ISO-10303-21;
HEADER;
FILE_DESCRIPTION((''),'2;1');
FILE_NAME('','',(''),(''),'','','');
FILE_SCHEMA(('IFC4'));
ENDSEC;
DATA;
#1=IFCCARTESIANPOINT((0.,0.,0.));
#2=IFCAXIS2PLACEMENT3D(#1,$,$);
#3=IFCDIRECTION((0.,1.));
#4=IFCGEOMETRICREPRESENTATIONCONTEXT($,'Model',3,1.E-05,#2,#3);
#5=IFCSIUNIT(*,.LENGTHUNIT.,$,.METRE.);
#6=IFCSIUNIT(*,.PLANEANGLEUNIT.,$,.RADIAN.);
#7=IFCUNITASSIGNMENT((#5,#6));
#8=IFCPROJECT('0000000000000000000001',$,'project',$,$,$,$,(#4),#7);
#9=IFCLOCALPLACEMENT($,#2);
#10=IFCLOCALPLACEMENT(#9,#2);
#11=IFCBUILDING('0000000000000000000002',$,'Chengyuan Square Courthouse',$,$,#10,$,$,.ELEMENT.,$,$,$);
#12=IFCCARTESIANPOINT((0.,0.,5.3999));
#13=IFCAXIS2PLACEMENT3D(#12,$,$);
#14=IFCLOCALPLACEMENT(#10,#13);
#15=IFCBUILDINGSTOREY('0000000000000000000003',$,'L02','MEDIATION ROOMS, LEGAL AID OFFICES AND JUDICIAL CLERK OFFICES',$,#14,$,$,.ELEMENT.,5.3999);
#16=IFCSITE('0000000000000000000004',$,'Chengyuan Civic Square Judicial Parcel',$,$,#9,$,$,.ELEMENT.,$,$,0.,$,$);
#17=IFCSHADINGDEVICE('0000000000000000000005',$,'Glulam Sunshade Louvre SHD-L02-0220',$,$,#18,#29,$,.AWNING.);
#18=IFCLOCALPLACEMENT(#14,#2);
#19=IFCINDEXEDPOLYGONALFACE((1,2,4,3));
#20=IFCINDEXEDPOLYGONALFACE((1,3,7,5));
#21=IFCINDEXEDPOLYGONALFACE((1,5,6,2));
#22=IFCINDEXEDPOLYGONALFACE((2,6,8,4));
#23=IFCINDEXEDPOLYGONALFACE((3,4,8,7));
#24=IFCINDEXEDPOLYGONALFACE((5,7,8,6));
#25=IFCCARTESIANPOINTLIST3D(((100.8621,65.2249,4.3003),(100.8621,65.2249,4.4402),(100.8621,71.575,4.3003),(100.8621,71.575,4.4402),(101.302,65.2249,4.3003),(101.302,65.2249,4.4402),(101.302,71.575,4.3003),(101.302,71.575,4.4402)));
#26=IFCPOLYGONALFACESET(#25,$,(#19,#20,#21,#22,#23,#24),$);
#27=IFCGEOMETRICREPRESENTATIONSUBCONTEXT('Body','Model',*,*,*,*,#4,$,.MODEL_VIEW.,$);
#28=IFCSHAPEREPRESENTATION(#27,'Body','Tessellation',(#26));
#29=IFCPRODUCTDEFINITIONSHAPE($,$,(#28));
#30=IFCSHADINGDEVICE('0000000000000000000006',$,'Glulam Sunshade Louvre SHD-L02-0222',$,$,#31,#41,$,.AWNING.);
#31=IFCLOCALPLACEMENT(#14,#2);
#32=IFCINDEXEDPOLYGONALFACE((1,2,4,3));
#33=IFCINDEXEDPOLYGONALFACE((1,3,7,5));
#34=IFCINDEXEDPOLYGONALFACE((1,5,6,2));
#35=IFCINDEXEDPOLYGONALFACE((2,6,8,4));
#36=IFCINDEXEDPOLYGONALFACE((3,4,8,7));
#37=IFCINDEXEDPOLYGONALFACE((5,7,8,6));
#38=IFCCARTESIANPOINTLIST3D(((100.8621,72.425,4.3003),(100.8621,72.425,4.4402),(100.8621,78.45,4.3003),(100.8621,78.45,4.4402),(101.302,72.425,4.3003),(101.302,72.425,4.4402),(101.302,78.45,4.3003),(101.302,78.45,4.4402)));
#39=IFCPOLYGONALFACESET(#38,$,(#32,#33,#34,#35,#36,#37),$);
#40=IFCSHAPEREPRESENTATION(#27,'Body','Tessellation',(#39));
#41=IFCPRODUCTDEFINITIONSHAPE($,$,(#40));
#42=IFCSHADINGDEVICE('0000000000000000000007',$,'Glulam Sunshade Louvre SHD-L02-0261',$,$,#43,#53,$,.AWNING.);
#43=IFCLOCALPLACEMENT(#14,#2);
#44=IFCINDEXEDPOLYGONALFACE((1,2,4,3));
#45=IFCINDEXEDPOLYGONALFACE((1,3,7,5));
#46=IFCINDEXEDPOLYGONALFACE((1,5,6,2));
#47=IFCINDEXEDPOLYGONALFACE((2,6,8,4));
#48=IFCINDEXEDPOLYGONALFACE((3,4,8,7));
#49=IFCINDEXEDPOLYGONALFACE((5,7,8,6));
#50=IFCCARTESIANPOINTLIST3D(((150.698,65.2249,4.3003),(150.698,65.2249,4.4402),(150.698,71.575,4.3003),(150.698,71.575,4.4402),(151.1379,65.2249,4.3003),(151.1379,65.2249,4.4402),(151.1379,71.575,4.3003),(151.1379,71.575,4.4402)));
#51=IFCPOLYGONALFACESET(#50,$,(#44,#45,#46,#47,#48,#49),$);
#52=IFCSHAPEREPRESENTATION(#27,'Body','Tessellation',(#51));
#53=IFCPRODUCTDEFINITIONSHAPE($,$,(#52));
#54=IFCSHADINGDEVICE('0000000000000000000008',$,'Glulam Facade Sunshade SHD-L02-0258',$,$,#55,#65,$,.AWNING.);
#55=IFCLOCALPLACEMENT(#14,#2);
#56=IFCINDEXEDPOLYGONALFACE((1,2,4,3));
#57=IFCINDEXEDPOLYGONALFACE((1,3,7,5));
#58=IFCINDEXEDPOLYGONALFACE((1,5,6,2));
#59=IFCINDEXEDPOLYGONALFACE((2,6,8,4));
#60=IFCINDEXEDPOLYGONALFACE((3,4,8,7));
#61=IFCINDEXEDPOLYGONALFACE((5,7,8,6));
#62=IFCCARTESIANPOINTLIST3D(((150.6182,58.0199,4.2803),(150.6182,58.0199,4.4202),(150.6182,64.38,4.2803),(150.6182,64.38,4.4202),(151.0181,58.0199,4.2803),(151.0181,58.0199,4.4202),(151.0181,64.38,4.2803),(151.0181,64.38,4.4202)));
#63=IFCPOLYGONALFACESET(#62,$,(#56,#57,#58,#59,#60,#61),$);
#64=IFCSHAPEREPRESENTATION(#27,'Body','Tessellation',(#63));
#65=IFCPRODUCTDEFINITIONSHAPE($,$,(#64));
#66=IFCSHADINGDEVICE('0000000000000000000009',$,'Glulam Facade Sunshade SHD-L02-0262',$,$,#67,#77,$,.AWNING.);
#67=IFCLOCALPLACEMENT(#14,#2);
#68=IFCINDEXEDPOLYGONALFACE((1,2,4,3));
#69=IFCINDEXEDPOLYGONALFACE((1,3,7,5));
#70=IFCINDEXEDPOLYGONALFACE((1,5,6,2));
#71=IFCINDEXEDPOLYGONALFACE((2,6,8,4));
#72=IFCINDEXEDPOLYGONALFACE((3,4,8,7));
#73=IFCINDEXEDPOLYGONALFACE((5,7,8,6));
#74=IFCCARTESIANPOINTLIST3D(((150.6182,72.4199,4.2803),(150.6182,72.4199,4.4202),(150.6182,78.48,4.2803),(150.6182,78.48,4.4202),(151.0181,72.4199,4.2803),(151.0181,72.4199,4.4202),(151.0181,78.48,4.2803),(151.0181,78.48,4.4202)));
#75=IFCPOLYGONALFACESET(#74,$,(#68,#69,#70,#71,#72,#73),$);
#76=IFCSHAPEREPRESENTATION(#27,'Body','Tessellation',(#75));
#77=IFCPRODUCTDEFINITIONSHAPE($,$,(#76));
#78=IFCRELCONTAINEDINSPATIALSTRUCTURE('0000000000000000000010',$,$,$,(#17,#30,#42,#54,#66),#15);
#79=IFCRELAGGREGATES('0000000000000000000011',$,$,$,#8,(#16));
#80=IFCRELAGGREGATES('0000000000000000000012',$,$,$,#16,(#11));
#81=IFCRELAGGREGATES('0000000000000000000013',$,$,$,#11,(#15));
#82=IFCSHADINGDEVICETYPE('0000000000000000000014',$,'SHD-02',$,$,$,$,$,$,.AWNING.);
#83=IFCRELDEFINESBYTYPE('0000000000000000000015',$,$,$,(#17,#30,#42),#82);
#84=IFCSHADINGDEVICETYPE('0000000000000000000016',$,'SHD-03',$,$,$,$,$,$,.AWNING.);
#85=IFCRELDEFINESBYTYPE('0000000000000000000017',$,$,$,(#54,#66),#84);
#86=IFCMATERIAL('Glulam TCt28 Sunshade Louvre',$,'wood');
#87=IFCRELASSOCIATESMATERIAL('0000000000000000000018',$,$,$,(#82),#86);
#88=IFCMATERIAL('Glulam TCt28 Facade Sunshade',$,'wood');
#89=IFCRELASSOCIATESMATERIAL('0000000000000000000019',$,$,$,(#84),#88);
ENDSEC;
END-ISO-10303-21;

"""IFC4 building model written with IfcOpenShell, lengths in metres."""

from ifc_helpers import new_model, si_unit, direction, frame, origin, origin_2d, place, context, subcontext, project, spatial, rectangle, extrude, material, type_object, element, save


model = new_model("IFC4")

# Units and contexts
model_context = context("Model", 3, precision=1e-05, world=origin(), true_north=direction((0.0, 1.0)))
body_context = subcontext(model_context, "Body", "Model", "MODEL_VIEW")
ifc_project = project(units=[si_unit("LENGTHUNIT", "METRE"), si_unit("PLANEANGLEUNIT", "RADIAN")], contexts=[model_context])

# Site, building, storey
site_placement = place(None, origin())
site = spatial("IfcSite", under=ifc_project, at=site_placement, Name="Chengyuan Civic Square Judicial Parcel", CompositionType="ELEMENT", RefElevation=0.0)
building_placement = place(site_placement, origin())
building = spatial("IfcBuilding", under=site, at=building_placement, Name="Chengyuan Square Courthouse", CompositionType="ELEMENT")
storey_placement = place(building_placement, frame((0.0, 0.0, 5.3999)))
storey = spatial("IfcBuildingStorey", under=building, at=storey_placement, Name="L02", Description="MEDIATION ROOMS, LEGAL AID OFFICES AND JUDICIAL CLERK OFFICES", CompositionType="ELEMENT", Elevation=5.3999)

# Shading devices
ifc_material_1 = material(Name="Glulam TCt28 Sunshade Louvre", Category="wood")
shading_device_type_1 = type_object("IfcShadingDeviceType", Name="SHD-02", PredefinedType="AWNING", material=ifc_material_1)
shading_device_1_placement = place(storey_placement, frame((101.082, 68.3999, 4.3003), z_axis=(0.0, 0.0, 1.0), x_axis=(0.0, 1.0, 0.0)))
element("IfcShadingDevice", 1, at=shading_device_1_placement, inside=storey, type_object=shading_device_type_1, Name="Glulam Sunshade Louvre SHD-L02-0220", PredefinedType="AWNING", context=body_context, shape_type="SweptSolid", body=[
    extrude(rectangle(XDim=6.3501, YDim=0.4399, at=origin_2d()), origin(), (0.0, 0.0, 1.0), 0.1399),
])
shading_device_2_placement = place(storey_placement, frame((101.082, 75.4375, 4.3003), z_axis=(0.0, 0.0, 1.0), x_axis=(0.0, 1.0, 0.0)))
element("IfcShadingDevice", 2, at=shading_device_2_placement, inside=storey, type_object=shading_device_type_1, Name="Glulam Sunshade Louvre SHD-L02-0222", PredefinedType="AWNING", context=body_context, shape_type="SweptSolid", body=[
    extrude(rectangle(XDim=6.0249, YDim=0.4399, at=origin_2d()), origin(), (0.0, 0.0, 1.0), 0.1399),
])
shading_device_3_placement = place(storey_placement, frame((150.918, 68.3999, 4.3003), z_axis=(0.0, 0.0, 1.0), x_axis=(0.0, 1.0, 0.0)))
element("IfcShadingDevice", 3, at=shading_device_3_placement, inside=storey, type_object=shading_device_type_1, Name="Glulam Sunshade Louvre SHD-L02-0261", PredefinedType="AWNING", context=body_context, shape_type="SweptSolid", body=[
    extrude(rectangle(XDim=6.3501, YDim=0.4399, at=origin_2d()), origin(), (0.0, 0.0, 1.0), 0.1399),
])
ifc_material_2 = material(Name="Glulam TCt28 Facade Sunshade", Category="wood")
shading_device_type_2 = type_object("IfcShadingDeviceType", Name="SHD-03", PredefinedType="AWNING", material=ifc_material_2)
shading_device_4_placement = place(storey_placement, frame((150.8181, 61.2, 4.2803), z_axis=(0.0, 0.0, 1.0), x_axis=(0.0, 1.0, 0.0)))
element("IfcShadingDevice", 4, at=shading_device_4_placement, inside=storey, type_object=shading_device_type_2, Name="Glulam Facade Sunshade SHD-L02-0258", PredefinedType="AWNING", context=body_context, shape_type="SweptSolid", body=[
    extrude(rectangle(XDim=6.3601, YDim=0.3999, at=origin_2d()), origin(), (0.0, 0.0, 1.0), 0.1399),
])
shading_device_5_placement = place(storey_placement, frame((150.8181, 75.45, 4.2803), z_axis=(0.0, 0.0, 1.0), x_axis=(0.0, 1.0, 0.0)))
element("IfcShadingDevice", 5, at=shading_device_5_placement, inside=storey, type_object=shading_device_type_2, Name="Glulam Facade Sunshade SHD-L02-0262", PredefinedType="AWNING", context=body_context, shape_type="SweptSolid", body=[
    extrude(rectangle(XDim=6.0601, YDim=0.3999, at=origin_2d()), origin(), (0.0, 0.0, 1.0), 0.1399),
])

save(model, "model.ifc")
